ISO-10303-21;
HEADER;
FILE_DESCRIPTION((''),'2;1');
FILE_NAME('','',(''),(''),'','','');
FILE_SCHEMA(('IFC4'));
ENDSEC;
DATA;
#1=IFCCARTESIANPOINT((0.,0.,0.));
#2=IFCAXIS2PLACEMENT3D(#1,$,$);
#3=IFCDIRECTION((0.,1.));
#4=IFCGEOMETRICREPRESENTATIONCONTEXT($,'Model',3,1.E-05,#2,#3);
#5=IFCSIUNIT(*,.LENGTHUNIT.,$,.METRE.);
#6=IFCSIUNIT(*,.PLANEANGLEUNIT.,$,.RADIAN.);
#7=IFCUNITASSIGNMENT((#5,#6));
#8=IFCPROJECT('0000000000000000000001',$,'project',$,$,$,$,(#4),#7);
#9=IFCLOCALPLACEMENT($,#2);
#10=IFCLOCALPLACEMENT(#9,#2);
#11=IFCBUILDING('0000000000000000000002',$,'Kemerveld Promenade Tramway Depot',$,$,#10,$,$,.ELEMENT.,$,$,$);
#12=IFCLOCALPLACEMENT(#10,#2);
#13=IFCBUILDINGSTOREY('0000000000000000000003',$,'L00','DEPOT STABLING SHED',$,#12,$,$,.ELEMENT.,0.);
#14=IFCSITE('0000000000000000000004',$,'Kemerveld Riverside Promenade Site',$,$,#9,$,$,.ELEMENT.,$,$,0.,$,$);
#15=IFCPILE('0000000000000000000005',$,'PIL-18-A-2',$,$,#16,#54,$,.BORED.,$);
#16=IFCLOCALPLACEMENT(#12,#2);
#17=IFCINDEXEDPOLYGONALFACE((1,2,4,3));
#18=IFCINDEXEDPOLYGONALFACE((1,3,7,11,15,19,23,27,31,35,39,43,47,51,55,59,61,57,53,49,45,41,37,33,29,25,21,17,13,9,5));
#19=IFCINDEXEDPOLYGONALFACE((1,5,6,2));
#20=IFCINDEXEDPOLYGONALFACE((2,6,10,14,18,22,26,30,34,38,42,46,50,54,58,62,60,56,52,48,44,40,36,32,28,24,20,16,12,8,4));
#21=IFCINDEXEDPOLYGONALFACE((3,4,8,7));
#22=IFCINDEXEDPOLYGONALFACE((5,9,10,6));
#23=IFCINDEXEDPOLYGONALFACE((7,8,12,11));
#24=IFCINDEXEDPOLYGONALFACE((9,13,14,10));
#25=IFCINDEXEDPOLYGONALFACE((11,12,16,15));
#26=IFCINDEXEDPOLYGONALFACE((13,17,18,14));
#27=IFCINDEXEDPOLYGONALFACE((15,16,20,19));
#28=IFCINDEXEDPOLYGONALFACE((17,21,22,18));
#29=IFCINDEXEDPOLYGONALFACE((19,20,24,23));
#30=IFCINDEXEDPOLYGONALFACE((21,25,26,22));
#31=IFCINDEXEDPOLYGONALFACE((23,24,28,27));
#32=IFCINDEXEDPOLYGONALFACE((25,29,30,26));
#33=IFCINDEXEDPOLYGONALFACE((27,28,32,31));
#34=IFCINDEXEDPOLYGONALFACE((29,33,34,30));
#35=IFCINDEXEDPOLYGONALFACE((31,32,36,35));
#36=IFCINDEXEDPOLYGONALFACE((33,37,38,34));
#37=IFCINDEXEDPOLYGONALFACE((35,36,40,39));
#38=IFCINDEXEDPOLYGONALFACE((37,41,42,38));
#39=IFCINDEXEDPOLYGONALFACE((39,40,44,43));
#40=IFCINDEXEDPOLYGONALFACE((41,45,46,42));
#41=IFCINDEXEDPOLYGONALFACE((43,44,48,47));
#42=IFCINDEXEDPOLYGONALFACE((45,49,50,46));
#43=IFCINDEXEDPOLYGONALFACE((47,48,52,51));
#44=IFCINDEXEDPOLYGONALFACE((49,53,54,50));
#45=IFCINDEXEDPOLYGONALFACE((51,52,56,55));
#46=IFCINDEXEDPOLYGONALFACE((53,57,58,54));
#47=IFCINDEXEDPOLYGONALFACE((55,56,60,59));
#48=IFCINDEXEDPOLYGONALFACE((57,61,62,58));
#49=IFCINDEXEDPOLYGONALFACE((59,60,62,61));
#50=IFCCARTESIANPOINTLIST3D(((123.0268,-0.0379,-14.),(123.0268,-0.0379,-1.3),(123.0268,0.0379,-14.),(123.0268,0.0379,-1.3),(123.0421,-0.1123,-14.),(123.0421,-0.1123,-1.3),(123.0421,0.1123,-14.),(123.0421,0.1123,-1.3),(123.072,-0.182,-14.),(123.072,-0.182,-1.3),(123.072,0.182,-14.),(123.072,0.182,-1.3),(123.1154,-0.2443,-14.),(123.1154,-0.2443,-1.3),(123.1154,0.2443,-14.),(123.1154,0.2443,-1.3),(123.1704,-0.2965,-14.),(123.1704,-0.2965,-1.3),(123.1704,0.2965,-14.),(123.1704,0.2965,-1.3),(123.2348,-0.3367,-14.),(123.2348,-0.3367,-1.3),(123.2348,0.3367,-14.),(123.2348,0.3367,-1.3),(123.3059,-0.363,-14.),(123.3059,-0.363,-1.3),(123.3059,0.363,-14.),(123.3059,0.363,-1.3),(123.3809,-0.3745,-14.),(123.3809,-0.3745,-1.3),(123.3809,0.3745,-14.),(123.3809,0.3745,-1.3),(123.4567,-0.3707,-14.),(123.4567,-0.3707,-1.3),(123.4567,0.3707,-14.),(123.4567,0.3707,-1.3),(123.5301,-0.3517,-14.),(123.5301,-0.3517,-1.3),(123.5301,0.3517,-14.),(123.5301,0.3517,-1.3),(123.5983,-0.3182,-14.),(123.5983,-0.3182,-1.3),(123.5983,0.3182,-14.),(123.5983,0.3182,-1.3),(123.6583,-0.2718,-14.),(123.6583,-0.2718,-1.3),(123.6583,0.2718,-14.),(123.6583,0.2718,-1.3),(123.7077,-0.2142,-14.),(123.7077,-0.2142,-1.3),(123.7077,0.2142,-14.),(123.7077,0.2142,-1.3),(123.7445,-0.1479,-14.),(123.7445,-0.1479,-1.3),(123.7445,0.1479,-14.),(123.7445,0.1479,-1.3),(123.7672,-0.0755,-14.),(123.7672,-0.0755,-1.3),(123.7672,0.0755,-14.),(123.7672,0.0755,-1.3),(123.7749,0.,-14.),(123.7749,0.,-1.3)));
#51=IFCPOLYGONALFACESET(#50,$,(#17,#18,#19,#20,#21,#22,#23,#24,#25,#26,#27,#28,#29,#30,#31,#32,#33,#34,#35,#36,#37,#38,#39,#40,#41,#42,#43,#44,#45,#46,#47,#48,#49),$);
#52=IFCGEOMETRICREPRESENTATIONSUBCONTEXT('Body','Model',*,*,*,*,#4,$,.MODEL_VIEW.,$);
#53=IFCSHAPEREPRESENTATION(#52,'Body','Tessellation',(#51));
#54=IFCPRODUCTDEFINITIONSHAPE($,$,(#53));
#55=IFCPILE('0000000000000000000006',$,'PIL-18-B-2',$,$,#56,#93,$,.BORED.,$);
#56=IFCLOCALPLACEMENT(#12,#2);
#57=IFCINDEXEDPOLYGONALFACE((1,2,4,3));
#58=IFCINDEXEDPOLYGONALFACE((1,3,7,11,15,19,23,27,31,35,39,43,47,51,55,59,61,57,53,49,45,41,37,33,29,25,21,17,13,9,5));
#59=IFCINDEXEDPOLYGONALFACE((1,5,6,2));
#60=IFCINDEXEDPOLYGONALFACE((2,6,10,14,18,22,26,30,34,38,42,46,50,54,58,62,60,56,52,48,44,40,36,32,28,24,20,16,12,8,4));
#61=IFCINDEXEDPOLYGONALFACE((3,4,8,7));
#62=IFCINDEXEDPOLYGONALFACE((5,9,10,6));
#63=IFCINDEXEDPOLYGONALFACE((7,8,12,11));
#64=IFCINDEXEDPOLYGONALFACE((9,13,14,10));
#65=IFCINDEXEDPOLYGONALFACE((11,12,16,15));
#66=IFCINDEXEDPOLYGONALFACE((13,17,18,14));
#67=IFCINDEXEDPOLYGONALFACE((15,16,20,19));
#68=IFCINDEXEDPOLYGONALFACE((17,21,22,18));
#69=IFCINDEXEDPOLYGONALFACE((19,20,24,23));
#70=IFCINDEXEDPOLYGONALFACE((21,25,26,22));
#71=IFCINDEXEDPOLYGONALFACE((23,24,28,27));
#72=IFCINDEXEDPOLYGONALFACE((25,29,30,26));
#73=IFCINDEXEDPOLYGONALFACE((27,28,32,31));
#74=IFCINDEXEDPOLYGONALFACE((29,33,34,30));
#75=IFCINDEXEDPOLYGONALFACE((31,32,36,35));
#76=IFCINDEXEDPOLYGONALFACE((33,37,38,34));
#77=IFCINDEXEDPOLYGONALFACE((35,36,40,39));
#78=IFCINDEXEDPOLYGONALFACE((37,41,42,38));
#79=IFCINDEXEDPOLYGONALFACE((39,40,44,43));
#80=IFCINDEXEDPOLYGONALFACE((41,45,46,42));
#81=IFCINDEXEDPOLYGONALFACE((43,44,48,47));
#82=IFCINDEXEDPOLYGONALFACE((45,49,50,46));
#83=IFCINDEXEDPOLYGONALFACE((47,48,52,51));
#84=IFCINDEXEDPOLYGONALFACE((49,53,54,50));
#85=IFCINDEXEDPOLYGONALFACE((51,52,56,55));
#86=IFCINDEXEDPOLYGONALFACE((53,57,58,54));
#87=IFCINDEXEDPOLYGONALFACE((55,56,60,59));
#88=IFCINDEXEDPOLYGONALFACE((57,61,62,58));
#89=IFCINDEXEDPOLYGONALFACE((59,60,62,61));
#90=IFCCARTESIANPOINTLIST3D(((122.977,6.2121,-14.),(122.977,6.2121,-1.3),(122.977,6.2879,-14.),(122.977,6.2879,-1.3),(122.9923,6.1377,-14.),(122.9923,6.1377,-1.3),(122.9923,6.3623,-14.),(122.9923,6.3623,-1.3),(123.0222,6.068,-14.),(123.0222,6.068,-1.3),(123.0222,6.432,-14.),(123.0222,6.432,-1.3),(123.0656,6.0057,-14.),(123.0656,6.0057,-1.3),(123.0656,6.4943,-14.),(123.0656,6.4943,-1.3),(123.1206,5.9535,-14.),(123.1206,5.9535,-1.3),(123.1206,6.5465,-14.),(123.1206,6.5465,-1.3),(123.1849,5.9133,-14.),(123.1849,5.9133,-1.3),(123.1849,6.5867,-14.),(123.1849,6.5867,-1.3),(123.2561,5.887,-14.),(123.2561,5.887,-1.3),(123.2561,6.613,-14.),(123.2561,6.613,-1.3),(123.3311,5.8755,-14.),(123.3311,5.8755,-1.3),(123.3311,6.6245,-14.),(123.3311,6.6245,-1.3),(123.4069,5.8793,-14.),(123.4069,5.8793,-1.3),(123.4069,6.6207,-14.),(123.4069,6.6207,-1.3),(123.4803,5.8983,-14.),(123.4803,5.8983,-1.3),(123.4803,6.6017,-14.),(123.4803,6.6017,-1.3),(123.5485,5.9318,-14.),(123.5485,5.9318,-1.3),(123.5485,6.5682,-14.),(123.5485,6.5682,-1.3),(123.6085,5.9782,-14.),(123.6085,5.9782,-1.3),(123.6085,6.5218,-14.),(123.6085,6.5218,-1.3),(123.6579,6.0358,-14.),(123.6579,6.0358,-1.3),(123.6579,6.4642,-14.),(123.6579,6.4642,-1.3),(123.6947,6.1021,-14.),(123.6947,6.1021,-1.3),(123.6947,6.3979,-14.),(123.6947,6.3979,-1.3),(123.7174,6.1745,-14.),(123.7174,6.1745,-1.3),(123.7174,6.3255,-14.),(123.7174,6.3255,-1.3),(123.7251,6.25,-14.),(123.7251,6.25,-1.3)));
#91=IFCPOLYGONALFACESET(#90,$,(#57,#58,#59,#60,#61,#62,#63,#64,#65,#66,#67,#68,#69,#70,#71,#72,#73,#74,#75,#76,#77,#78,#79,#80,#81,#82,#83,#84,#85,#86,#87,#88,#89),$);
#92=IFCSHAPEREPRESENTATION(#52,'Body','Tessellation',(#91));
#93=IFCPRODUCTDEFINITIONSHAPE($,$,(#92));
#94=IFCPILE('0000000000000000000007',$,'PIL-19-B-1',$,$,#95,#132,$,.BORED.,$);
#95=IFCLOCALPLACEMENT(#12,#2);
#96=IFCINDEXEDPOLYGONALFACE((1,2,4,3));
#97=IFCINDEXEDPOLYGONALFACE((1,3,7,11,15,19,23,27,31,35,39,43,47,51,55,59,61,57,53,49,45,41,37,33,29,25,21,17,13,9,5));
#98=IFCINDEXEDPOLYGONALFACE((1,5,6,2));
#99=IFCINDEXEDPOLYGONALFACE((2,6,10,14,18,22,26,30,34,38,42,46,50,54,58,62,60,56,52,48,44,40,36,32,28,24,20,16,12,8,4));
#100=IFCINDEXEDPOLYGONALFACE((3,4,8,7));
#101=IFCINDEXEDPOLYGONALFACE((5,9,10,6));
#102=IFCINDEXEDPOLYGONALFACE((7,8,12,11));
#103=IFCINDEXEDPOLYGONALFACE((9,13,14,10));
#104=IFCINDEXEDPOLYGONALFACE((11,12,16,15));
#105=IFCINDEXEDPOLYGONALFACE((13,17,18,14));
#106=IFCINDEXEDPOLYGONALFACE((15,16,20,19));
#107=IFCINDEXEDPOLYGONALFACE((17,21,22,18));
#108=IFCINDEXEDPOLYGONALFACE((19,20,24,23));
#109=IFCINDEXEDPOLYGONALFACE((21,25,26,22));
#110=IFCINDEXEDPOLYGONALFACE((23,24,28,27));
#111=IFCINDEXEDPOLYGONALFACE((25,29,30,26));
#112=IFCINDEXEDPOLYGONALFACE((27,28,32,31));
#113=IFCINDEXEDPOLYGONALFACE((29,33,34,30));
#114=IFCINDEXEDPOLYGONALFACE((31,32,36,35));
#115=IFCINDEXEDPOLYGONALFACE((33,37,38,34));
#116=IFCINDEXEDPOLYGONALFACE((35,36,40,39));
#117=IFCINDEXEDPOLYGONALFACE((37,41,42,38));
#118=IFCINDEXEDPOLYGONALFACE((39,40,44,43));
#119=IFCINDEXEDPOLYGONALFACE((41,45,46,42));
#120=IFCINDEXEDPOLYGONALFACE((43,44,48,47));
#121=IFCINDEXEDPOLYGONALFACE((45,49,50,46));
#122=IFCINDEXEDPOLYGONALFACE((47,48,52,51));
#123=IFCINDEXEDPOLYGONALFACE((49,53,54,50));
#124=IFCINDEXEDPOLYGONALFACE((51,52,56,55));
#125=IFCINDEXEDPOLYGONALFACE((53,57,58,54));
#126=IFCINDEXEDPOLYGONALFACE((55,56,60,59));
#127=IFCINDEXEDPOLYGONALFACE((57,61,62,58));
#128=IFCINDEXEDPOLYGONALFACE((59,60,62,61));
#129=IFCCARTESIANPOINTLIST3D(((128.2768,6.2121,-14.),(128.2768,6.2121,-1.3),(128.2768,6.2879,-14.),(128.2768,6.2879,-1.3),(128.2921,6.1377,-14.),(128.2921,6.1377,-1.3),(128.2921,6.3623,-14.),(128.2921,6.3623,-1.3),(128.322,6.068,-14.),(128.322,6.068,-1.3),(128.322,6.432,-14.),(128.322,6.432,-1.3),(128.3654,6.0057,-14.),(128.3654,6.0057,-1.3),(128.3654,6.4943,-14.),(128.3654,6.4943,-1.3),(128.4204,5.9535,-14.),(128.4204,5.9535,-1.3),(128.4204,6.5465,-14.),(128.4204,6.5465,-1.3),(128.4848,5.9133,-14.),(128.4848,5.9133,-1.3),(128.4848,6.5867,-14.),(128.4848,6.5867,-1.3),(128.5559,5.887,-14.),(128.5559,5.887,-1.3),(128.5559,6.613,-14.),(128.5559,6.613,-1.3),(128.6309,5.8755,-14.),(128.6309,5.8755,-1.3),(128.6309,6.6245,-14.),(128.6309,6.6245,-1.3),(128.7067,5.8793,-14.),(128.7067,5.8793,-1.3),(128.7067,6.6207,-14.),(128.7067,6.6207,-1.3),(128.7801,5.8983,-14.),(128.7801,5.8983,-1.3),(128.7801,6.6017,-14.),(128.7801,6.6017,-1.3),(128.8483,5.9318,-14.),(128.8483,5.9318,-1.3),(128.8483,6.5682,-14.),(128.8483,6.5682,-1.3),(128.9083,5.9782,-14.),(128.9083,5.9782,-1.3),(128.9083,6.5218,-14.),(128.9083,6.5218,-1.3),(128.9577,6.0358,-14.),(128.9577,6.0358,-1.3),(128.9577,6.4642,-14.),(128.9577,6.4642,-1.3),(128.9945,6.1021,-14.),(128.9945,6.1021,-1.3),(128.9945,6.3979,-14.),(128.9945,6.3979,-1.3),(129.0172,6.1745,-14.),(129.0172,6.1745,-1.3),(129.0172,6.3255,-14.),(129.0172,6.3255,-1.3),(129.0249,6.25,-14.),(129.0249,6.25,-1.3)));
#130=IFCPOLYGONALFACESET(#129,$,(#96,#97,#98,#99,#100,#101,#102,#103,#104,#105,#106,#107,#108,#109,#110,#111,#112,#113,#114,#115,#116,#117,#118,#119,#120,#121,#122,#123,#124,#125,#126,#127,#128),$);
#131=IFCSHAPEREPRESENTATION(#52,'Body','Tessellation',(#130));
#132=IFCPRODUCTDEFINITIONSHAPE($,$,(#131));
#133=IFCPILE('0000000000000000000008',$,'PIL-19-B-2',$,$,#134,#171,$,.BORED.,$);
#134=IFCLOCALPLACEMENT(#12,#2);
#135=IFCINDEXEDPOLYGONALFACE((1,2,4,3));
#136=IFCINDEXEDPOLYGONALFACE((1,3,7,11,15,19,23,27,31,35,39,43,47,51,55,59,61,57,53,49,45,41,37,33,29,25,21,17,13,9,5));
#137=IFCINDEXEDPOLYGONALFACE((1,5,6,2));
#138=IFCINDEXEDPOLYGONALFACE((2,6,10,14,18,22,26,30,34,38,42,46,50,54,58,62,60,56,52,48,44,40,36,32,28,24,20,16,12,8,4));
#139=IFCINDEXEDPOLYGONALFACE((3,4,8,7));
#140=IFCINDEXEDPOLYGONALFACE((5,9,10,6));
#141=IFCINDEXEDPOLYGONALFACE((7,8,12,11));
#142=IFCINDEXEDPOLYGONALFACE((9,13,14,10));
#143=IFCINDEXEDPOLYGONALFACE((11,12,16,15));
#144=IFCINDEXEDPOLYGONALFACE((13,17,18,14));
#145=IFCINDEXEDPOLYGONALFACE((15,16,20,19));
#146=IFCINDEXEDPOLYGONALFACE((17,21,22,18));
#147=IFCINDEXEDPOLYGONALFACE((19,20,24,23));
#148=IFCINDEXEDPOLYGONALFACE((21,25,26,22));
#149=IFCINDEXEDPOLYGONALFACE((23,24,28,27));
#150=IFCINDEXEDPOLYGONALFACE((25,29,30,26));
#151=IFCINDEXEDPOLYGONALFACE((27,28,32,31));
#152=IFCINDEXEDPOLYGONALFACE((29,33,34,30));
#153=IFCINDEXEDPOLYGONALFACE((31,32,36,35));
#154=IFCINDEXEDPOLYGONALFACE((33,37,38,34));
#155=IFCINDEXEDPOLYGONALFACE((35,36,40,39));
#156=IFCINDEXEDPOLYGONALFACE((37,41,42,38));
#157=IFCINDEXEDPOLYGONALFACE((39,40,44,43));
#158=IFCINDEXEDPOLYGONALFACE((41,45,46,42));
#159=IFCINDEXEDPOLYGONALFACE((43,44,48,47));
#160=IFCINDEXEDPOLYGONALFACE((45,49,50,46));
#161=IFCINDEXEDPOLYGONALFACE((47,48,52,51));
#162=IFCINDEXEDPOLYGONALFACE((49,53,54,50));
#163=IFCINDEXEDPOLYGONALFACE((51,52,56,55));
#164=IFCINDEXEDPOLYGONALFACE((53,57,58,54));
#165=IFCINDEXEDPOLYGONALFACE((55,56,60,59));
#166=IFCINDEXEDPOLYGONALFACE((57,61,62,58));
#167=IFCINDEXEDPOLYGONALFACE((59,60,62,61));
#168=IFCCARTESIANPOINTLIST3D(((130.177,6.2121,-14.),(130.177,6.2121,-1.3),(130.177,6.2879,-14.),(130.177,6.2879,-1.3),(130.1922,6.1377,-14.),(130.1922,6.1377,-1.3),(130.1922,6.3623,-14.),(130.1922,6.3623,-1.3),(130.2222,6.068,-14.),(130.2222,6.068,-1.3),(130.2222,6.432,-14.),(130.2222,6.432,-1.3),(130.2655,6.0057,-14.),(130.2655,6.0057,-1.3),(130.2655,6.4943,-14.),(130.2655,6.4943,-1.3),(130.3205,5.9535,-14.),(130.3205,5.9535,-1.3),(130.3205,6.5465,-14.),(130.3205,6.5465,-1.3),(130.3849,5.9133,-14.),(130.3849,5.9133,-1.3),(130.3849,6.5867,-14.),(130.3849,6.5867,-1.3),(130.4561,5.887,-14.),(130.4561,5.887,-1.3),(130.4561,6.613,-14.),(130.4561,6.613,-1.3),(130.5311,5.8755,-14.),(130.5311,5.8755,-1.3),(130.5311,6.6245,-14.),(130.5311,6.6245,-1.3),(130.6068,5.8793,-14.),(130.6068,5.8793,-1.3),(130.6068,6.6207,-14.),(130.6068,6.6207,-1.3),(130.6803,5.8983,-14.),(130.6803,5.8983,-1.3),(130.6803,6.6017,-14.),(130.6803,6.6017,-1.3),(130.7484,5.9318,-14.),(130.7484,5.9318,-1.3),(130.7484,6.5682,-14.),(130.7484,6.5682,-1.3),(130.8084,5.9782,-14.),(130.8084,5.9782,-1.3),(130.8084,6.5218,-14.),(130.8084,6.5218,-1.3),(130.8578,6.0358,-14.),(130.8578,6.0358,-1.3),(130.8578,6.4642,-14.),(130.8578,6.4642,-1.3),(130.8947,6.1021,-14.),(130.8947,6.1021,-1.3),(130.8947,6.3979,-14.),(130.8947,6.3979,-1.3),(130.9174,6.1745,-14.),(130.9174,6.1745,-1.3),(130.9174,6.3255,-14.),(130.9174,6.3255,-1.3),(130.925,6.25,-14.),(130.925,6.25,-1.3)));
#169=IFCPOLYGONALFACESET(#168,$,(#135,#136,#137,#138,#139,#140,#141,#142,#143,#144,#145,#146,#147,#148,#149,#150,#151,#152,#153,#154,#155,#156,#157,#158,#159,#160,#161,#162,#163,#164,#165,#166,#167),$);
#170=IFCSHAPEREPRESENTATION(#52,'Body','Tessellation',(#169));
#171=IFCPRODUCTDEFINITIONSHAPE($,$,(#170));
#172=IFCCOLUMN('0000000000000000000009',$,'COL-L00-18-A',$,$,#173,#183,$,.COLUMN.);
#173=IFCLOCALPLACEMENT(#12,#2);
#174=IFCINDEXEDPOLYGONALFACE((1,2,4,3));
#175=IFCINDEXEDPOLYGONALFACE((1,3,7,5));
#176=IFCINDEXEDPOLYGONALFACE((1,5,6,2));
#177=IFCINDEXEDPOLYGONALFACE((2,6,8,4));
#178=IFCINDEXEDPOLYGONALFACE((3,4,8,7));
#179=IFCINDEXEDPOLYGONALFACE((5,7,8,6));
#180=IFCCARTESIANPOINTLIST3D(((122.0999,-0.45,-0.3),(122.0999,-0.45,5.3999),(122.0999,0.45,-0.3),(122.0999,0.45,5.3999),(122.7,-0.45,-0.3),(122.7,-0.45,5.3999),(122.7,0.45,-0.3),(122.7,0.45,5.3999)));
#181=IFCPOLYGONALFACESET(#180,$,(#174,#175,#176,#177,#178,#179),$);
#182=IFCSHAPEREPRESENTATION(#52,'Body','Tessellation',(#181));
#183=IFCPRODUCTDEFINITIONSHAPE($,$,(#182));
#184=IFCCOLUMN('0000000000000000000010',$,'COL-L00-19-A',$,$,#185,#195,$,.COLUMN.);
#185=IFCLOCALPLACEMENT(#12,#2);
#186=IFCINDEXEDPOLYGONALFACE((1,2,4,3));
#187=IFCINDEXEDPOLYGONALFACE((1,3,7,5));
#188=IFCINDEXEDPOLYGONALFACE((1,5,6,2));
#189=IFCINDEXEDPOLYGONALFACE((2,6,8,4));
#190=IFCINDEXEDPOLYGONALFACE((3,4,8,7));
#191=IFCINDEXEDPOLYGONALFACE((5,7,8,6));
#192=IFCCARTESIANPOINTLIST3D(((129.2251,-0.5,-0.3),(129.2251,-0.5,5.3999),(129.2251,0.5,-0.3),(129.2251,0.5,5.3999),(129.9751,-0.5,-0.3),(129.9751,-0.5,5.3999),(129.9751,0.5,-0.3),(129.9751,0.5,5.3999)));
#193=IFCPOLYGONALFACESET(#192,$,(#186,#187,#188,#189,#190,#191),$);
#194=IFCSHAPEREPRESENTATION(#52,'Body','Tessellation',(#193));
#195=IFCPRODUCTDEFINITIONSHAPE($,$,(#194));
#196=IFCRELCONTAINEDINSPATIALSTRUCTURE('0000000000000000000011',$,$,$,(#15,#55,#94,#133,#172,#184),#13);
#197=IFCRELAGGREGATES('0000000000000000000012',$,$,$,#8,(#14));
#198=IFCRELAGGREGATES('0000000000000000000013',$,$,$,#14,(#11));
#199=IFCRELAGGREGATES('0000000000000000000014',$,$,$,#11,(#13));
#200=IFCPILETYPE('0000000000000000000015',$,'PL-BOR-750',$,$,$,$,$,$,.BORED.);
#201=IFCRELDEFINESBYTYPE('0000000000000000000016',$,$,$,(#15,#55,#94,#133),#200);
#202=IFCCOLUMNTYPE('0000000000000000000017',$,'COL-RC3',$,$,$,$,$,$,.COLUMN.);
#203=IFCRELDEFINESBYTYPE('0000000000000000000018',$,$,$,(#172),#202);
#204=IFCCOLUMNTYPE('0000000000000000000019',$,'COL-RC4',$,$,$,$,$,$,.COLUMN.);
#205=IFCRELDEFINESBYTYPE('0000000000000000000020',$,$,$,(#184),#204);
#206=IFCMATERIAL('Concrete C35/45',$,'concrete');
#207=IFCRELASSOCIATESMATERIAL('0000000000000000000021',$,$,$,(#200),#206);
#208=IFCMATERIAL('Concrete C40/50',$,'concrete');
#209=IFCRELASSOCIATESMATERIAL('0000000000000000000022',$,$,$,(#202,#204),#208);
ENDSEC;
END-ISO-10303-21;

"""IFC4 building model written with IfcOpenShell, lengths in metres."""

from ifc_helpers import new_model, si_unit, direction, frame, origin, origin_2d, place, context, subcontext, project, spatial, rectangle, circle, extrude, material, material_profile, profile_set, type_object, element, save


model = new_model("IFC4")

# Units and contexts
model_context = context("Model", 3, precision=1e-05, world=origin(), true_north=direction((0.0, 1.0)))
body_context = subcontext(model_context, "Body", "Model", "MODEL_VIEW")
ifc_project = project(units=[si_unit("LENGTHUNIT", "METRE"), si_unit("PLANEANGLEUNIT", "RADIAN")], contexts=[model_context])

# Site, building, storey
site_placement = place(None, origin())
site = spatial("IfcSite", under=ifc_project, at=site_placement, Name="Kemerveld Riverside Promenade Site", CompositionType="ELEMENT", RefElevation=0.0)
building_placement = place(site_placement, origin())
building = spatial("IfcBuilding", under=site, at=building_placement, Name="Kemerveld Promenade Tramway Depot", CompositionType="ELEMENT")
storey_placement = place(building_placement, origin())
storey = spatial("IfcBuildingStorey", under=building, at=storey_placement, Name="L00", Description="DEPOT STABLING SHED", CompositionType="ELEMENT", Elevation=0.0)

# Shared definitions
ifc_material_1 = material(Name="Concrete C35/45", Category="concrete")

# Piles
ifc_material_profile_1 = material_profile(ifc_material_1, circle(Radius=0.375, at=origin_2d()), Name="PILE-D750")
ifc_profile_set_1 = profile_set([ifc_material_profile_1], Name="Concrete C35/45")
pile_type_1 = type_object("IfcPileType", Name="PL-BOR-750", PredefinedType="BORED", material=ifc_profile_set_1)
for number, where, z_axis, x_axis, name in (
    (1, (123.3999, 0.0, -1.3), (0.0, 0.0, -1.0), (1.0, 0.0, 0.0), "PIL-18-A-2"),
    (2, (123.3501, 6.25, -1.3), (0.0, 0.0, -1.0), (1.0, 0.0, 0.0), "PIL-18-B-2"),
    (3, (128.6499, 6.25, -1.3), (0.0, 0.0, -1.0), (1.0, 0.0, 0.0), "PIL-19-B-1"),
    (4, (130.55, 6.25, -1.3), (0.0, 0.0, -1.0), (1.0, 0.0, 0.0), "PIL-19-B-2"),
):
    element("IfcPile", number, at=place(storey_placement, frame(where, z_axis=z_axis, x_axis=x_axis)), inside=storey, type_object=pile_type_1, Name=name, PredefinedType="BORED", context=body_context, shape_type="SweptSolid", body=[
        extrude(circle(Radius=0.375, at=origin_2d()), origin(), (0.0, 0.0, 1.0), 12.7),
    ])

# Columns
ifc_material_2 = material(Name="Concrete C40/50", Category="concrete")
ifc_material_profile_2 = material_profile(ifc_material_2, rectangle(XDim=0.6001, YDim=0.8999, at=origin_2d()), Name="RC-PIER-900x600")
ifc_profile_set_2 = profile_set([ifc_material_profile_2], Name="Concrete C40/50")
column_type_1 = type_object("IfcColumnType", Name="COL-RC3", PredefinedType="COLUMN", material=ifc_profile_set_2)
column_1_placement = place(storey_placement, frame((122.3999, 0.0, -0.3), z_axis=(0.0, 0.0, 1.0), x_axis=(1.0, 0.0, 0.0)))
element("IfcColumn", 5, at=column_1_placement, inside=storey, type_object=column_type_1, Name="COL-L00-18-A", PredefinedType="COLUMN", context=body_context, shape_type="SweptSolid", body=[
    extrude(rectangle(XDim=0.6001, YDim=0.8999, at=origin_2d()), origin(), (0.0, 0.0, 1.0), 5.7),
])
ifc_material_profile_3 = material_profile(ifc_material_2, rectangle(XDim=0.75, YDim=1.0, at=origin_2d()), Name="RC-PIER-1000x750")
ifc_profile_set_3 = profile_set([ifc_material_profile_3], Name="Concrete C40/50")
column_type_2 = type_object("IfcColumnType", Name="COL-RC4", PredefinedType="COLUMN", material=ifc_profile_set_3)
column_2_placement = place(storey_placement, frame((129.6001, 0.0, -0.3), z_axis=(0.0, 0.0, 1.0), x_axis=(1.0, 0.0, 0.0)))
element("IfcColumn", 6, at=column_2_placement, inside=storey, type_object=column_type_2, Name="COL-L00-19-A", PredefinedType="COLUMN", context=body_context, shape_type="SweptSolid", body=[
    extrude(rectangle(XDim=0.75, YDim=1.0, at=origin_2d()), origin(), (0.0, 0.0, 1.0), 5.7),
])

save(model, "model.ifc")
